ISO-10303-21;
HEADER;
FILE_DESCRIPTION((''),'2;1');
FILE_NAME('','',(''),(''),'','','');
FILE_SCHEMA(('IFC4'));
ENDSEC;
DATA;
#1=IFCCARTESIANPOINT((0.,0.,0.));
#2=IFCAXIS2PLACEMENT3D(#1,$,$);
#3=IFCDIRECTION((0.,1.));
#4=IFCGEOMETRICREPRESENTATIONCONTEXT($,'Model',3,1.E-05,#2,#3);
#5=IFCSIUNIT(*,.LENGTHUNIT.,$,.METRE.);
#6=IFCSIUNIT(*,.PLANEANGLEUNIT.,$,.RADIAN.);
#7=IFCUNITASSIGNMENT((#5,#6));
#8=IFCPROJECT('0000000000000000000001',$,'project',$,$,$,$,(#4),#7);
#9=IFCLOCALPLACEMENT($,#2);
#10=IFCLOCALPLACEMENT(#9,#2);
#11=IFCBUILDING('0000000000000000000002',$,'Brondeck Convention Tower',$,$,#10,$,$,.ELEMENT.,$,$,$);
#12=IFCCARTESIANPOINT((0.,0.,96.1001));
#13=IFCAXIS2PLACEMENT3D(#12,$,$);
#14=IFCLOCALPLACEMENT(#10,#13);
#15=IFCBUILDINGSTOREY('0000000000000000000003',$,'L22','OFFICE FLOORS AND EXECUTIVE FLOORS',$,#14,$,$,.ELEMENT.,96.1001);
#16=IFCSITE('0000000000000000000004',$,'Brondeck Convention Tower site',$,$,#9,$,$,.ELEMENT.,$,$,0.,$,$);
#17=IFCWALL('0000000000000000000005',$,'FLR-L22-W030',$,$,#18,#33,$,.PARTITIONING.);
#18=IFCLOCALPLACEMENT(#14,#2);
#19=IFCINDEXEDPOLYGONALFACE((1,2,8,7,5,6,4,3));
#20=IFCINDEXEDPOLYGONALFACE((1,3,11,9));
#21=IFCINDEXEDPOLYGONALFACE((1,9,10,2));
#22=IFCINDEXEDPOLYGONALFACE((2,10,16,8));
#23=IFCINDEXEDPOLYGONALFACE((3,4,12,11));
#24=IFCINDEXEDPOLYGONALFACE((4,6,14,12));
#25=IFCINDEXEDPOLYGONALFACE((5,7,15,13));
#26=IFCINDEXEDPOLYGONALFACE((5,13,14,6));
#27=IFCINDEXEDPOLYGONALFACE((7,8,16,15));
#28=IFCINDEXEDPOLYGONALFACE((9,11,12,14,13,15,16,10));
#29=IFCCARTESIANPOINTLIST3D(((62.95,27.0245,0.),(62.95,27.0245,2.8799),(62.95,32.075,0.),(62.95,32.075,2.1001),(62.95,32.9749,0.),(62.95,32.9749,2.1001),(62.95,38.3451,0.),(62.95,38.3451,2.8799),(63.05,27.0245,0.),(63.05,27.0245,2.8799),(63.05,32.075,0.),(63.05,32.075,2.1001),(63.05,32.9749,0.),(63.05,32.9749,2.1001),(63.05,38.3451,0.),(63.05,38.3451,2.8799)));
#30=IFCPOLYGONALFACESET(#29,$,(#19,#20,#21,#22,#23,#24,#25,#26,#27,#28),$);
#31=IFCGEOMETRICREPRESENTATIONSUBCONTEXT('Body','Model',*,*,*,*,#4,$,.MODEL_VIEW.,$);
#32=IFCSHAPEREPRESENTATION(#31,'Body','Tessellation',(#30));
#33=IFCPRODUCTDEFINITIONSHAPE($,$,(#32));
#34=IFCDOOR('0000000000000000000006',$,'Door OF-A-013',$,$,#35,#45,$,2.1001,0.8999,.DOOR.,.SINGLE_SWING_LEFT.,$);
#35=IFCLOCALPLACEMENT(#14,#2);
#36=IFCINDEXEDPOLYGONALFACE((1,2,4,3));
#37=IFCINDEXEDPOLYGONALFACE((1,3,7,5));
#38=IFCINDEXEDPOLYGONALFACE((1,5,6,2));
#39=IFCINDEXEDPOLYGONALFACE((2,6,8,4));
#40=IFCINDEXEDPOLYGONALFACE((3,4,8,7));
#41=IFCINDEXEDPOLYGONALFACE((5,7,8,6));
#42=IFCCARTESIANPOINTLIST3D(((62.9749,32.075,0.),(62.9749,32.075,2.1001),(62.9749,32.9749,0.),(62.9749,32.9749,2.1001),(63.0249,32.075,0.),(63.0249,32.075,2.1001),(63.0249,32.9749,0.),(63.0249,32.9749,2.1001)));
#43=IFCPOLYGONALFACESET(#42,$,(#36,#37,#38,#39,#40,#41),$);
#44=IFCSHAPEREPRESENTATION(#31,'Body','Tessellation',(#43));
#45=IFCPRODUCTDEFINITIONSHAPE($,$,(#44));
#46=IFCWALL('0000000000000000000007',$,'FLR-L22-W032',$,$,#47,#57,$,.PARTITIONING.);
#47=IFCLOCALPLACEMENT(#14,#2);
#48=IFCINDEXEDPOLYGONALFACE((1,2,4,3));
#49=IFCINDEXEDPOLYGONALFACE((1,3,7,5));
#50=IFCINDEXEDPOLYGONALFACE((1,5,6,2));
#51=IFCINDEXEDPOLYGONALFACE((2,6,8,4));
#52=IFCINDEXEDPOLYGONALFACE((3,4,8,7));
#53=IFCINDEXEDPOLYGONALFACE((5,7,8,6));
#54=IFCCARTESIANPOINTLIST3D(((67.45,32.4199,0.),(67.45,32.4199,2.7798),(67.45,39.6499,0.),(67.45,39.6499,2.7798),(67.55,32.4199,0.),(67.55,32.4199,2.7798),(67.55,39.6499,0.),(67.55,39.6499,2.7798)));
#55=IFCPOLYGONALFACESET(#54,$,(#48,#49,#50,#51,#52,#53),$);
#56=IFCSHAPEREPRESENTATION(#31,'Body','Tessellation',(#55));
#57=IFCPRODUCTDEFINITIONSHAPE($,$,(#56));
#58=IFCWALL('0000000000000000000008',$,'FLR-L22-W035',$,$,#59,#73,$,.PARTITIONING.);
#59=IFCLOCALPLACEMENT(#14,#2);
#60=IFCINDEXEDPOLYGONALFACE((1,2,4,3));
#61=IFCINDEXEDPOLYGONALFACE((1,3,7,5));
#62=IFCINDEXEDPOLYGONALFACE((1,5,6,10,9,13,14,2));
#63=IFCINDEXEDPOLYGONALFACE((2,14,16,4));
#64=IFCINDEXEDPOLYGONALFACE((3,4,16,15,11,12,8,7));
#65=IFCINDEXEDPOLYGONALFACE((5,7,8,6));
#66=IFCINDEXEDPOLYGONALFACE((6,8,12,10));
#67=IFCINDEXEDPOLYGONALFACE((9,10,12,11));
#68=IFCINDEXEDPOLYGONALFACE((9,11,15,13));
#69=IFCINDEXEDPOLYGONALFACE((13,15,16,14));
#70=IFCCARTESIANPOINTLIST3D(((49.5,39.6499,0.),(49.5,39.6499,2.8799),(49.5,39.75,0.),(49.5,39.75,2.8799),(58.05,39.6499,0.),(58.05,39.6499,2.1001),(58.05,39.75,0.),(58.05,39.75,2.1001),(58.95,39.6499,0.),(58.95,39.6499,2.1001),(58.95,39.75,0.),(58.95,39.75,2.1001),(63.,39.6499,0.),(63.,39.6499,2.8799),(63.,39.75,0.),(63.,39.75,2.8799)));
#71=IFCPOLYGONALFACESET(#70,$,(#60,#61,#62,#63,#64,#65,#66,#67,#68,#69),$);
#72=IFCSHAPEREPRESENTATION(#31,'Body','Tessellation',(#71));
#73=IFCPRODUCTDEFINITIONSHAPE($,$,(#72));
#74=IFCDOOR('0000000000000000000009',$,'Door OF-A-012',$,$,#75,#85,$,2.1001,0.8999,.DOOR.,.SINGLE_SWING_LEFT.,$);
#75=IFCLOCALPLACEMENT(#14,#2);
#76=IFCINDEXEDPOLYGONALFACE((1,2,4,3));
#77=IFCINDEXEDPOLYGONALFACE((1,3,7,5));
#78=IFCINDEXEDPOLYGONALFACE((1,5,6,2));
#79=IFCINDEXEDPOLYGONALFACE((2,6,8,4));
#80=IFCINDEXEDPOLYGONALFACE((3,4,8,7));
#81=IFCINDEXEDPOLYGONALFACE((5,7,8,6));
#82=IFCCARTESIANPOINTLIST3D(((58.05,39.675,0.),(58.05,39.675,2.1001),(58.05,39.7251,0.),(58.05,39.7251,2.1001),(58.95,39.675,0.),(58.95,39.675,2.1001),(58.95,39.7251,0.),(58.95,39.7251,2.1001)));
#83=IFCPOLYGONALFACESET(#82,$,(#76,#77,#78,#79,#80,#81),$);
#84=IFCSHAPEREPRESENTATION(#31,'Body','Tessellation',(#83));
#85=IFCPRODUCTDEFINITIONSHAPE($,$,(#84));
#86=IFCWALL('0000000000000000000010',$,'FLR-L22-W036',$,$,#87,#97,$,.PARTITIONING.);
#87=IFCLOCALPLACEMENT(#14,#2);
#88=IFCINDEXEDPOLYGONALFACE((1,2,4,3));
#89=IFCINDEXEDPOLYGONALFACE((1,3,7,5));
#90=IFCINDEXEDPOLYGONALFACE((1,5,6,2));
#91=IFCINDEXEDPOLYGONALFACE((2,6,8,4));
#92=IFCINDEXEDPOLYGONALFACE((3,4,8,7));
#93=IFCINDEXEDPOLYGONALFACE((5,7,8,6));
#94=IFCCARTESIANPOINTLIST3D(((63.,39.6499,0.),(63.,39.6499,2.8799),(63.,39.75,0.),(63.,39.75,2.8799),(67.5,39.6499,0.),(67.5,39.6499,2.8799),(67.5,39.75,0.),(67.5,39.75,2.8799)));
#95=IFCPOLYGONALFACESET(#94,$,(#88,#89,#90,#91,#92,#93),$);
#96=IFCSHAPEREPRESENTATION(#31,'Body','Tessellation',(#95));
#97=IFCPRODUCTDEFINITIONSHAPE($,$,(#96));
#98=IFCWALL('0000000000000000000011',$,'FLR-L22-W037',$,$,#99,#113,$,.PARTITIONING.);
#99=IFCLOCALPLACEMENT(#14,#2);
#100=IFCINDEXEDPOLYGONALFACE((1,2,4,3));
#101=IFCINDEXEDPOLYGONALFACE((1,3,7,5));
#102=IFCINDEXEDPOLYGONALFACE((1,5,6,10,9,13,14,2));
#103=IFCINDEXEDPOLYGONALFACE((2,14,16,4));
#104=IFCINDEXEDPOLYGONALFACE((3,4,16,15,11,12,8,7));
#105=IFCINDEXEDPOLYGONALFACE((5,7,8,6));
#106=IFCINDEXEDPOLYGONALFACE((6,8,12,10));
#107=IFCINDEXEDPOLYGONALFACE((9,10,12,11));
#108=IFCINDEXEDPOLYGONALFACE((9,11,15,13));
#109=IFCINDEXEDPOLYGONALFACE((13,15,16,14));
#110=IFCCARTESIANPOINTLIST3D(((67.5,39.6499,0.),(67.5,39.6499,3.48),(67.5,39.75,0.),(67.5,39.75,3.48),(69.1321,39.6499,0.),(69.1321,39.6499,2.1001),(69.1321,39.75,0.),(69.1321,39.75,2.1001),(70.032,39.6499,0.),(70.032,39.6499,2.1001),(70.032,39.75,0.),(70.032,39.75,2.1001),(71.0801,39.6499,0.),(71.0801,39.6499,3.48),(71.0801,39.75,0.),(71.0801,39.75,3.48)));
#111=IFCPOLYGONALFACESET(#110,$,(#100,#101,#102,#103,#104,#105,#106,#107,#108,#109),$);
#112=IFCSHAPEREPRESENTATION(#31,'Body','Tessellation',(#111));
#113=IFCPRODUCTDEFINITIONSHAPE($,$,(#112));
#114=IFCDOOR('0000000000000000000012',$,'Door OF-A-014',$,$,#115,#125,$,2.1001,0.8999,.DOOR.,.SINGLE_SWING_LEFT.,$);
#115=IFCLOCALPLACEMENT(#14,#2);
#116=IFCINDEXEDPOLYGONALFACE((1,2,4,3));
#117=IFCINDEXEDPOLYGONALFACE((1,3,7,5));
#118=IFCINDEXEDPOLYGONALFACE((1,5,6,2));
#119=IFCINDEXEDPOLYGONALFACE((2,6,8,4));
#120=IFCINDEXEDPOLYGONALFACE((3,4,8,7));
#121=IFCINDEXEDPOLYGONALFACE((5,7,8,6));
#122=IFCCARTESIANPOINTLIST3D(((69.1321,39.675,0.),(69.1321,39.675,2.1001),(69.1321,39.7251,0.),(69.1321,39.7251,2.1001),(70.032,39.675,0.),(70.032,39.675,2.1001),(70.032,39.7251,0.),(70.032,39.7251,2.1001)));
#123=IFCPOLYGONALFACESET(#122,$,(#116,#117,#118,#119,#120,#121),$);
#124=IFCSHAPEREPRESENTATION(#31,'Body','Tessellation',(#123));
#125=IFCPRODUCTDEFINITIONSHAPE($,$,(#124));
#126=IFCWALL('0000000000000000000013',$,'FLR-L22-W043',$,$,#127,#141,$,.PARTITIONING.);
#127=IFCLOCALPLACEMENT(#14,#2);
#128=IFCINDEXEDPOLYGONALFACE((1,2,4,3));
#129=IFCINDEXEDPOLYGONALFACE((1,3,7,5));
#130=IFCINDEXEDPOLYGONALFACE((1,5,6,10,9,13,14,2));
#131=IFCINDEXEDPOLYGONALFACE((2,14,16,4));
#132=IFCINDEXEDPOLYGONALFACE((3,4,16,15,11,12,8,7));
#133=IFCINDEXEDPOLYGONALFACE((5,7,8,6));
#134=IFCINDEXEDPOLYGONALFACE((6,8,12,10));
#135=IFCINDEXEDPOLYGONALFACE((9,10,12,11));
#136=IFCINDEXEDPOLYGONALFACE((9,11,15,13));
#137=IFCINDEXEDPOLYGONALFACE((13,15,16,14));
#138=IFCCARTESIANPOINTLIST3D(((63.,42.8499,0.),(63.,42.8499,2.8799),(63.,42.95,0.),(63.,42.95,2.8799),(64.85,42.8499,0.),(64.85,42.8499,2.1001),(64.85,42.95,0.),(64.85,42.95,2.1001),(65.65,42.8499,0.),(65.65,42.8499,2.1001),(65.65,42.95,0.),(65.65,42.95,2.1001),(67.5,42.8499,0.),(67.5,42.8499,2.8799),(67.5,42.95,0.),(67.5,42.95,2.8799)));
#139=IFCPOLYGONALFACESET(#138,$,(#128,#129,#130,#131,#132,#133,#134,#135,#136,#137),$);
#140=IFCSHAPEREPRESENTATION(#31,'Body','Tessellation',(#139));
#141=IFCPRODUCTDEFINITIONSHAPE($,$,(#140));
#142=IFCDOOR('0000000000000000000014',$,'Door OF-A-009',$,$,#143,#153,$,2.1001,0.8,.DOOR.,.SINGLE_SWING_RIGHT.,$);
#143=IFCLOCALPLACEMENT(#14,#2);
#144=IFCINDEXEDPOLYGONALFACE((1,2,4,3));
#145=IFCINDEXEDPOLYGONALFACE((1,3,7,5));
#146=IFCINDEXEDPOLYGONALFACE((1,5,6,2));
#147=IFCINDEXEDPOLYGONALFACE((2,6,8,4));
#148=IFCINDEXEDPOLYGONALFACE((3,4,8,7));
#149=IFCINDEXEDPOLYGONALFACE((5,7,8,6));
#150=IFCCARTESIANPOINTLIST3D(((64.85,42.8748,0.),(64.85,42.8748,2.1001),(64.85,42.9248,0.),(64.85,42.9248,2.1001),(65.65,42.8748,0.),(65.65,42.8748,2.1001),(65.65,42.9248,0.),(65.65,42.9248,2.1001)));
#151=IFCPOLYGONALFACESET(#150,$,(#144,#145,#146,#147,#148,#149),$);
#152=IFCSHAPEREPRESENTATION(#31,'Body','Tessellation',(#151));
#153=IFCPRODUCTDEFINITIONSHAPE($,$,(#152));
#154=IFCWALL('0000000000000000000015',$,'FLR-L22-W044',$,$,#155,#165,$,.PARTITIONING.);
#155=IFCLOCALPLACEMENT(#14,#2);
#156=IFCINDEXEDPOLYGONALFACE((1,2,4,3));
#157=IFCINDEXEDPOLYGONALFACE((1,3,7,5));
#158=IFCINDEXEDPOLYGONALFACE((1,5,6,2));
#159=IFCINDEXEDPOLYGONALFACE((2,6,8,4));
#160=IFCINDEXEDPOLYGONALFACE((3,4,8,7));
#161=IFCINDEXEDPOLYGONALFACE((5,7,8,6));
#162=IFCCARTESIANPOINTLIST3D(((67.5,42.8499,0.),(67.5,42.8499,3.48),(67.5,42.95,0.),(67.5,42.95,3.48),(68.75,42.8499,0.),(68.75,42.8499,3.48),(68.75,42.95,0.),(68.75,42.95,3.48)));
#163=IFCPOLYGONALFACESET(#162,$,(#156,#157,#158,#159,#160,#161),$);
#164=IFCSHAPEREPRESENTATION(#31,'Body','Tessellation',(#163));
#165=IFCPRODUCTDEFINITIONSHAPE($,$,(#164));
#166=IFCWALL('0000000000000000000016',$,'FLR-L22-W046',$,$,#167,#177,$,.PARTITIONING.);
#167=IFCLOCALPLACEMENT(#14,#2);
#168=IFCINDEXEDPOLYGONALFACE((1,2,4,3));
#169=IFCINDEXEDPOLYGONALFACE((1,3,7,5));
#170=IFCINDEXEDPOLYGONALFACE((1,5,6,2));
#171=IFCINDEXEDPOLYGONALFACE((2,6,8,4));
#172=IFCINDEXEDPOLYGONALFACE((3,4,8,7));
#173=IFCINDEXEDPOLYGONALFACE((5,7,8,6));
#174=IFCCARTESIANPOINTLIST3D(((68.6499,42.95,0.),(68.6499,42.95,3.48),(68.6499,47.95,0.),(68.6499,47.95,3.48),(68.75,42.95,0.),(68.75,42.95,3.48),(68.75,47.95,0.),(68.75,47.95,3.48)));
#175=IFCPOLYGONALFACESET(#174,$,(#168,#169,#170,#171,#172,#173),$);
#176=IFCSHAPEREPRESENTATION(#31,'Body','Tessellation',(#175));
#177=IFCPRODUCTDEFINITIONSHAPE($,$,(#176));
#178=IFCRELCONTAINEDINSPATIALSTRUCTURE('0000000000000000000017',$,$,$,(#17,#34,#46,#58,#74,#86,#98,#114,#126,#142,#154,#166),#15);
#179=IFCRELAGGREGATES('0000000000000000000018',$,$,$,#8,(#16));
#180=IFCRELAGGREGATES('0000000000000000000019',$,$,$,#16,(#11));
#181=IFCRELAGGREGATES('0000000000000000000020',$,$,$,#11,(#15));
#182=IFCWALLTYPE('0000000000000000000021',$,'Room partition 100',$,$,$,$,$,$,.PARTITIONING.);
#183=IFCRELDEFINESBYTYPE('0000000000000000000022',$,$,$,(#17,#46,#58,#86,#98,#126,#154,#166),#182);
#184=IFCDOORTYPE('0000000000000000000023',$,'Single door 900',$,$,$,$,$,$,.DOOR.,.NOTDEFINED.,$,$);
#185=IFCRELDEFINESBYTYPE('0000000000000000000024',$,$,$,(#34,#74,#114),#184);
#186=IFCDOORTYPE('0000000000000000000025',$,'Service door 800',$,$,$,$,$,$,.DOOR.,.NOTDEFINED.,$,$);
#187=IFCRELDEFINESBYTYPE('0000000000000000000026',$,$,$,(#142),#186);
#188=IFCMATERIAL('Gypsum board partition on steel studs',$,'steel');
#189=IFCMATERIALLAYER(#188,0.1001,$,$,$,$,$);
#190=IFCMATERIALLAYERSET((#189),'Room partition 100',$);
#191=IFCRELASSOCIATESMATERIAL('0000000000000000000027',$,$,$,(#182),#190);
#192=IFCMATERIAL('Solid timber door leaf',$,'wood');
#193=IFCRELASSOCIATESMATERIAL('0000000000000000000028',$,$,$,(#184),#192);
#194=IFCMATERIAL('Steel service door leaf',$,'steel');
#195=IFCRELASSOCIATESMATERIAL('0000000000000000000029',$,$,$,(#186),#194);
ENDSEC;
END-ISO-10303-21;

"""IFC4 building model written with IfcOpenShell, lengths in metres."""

from ifc_helpers import new_model, si_unit, direction, frame, frame_2d, origin, place, context, subcontext, project, spatial, rectangle, extrude, material, layer, layer_set, type_object, element, fill, save


model = new_model("IFC4")

# Units and contexts
model_context = context("Model", 3, precision=1e-05, world=origin(), true_north=direction((0.0, 1.0)))
body_context = subcontext(model_context, "Body", "Model", "MODEL_VIEW")
ifc_project = project(units=[si_unit("LENGTHUNIT", "METRE"), si_unit("PLANEANGLEUNIT", "RADIAN")], contexts=[model_context])

# Site, building, storey
site_placement = place(None, origin())
site = spatial("IfcSite", under=ifc_project, at=site_placement, Name="Brondeck Convention Tower site", CompositionType="ELEMENT", RefElevation=0.0)
building_placement = place(site_placement, origin())
building = spatial("IfcBuilding", under=site, at=building_placement, Name="Brondeck Convention Tower", CompositionType="ELEMENT")
storey_placement = place(building_placement, frame((0.0, 0.0, 96.1001)))
storey = spatial("IfcBuildingStorey", under=building, at=storey_placement, Name="L22", Description="OFFICE FLOORS AND EXECUTIVE FLOORS", CompositionType="ELEMENT", Elevation=96.1001)

# Wall, opening, door
ifc_material_1 = material(Name="Gypsum board partition on steel studs", Category="steel")
ifc_layer_1 = layer(ifc_material_1, 0.1001)
ifc_layer_set_1 = layer_set([ifc_layer_1], Name="Room partition 100")
wall_type_1 = type_object("IfcWallType", Name="Room partition 100", PredefinedType="PARTITIONING", material=ifc_layer_set_1)
wall_1_placement = place(storey_placement, frame((63.0, 38.345, 0.0), z_axis=(0.0, 0.0, 1.0), x_axis=(0.0, -1.0, 0.0)))
wall_1 = element("IfcWall", 1, at=wall_1_placement, inside=storey, type_object=wall_type_1, Name="FLR-L22-W030", PredefinedType="PARTITIONING", context=body_context, shape_type="SweptSolid", body=[
    extrude(rectangle(XDim=11.3206, YDim=0.1001, at=frame_2d((5.6602, 0.0))), origin(), (0.0, 0.0, 1.0), 2.8799),
])
opening_1_placement = place(wall_1_placement, frame((5.3701, 0.0, 0.0)))
opening_1 = element("IfcOpeningElement", 2, at=opening_1_placement, cuts=wall_1, PredefinedType="OPENING", context=body_context, shape_type="SweptSolid", body=[
    extrude(rectangle(XDim=0.8999, YDim=2.1001, at=frame_2d((0.45, 1.05))), frame((0.0, 0.0601, 0.0), z_axis=(0.0, -1.0, 0.0), x_axis=(1.0, 0.0, 0.0)), (0.0, 0.0, 1.0), 0.1201),
])
ifc_material_2 = material(Name="Solid timber door leaf", Category="wood")
door_type_1 = type_object("IfcDoorType", Name="Single door 900", OperationType="NOTDEFINED", PredefinedType="DOOR", material=ifc_material_2)
door_1_placement = place(opening_1_placement, origin())
door_1 = element("IfcDoor", 3, at=door_1_placement, inside=storey, type_object=door_type_1, Name="Door OF-A-013", OperationType="SINGLE_SWING_LEFT", OverallHeight=2.1001, OverallWidth=0.8999, PredefinedType="DOOR", context=body_context, shape_type="SweptSolid", body=[
    extrude(rectangle(XDim=0.8999, YDim=2.1001, at=frame_2d((0.45, 1.05))), frame((0.0, 0.0249, 0.0), z_axis=(0.0, -1.0, 0.0), x_axis=(1.0, 0.0, 0.0)), (0.0, 0.0, 1.0), 0.05),
])
fill(opening_1, door_1)

# Wall
wall_2_placement = place(storey_placement, frame((67.5, 39.6499, 0.0), z_axis=(0.0, 0.0, 1.0), x_axis=(0.0, -1.0, 0.0)))
element("IfcWall", 4, at=wall_2_placement, inside=storey, type_object=wall_type_1, Name="FLR-L22-W032", PredefinedType="PARTITIONING", context=body_context, shape_type="SweptSolid", body=[
    extrude(rectangle(XDim=7.23, YDim=0.1001, at=frame_2d((3.615, 0.0))), origin(), (0.0, 0.0, 1.0), 2.7798),
])

# Wall, opening, door
wall_3_placement = place(storey_placement, frame((63.0, 39.7, 0.0), z_axis=(0.0, 0.0, 1.0), x_axis=(-1.0, 0.0, 0.0)))
wall_3 = element("IfcWall", 5, at=wall_3_placement, inside=storey, type_object=wall_type_1, Name="FLR-L22-W035", PredefinedType="PARTITIONING", context=body_context, shape_type="SweptSolid", body=[
    extrude(rectangle(XDim=13.5, YDim=0.1001, at=frame_2d((6.75, 0.0))), origin(), (0.0, 0.0, 1.0), 2.8799),
])
opening_2_placement = place(wall_3_placement, frame((4.05, 0.0, 0.0)))
opening_2 = element("IfcOpeningElement", 6, at=opening_2_placement, cuts=wall_3, PredefinedType="OPENING", context=body_context, shape_type="SweptSolid", body=[
    extrude(rectangle(XDim=0.8999, YDim=2.1001, at=frame_2d((0.45, 1.05))), frame((0.0, 0.0601, 0.0), z_axis=(0.0, -1.0, 0.0), x_axis=(1.0, 0.0, 0.0)), (0.0, 0.0, 1.0), 0.1201),
])
door_2_placement = place(opening_2_placement, origin())
door_2 = element("IfcDoor", 7, at=door_2_placement, inside=storey, type_object=door_type_1, Name="Door OF-A-012", OperationType="SINGLE_SWING_LEFT", OverallHeight=2.1001, OverallWidth=0.8999, PredefinedType="DOOR", context=body_context, shape_type="SweptSolid", body=[
    extrude(rectangle(XDim=0.8999, YDim=2.1001, at=frame_2d((0.45, 1.05))), frame((0.0, 0.0249, 0.0), z_axis=(0.0, -1.0, 0.0), x_axis=(1.0, 0.0, 0.0)), (0.0, 0.0, 1.0), 0.05),
])
fill(opening_2, door_2)

# Wall
wall_4_placement = place(storey_placement, frame((67.5, 39.7, 0.0), z_axis=(0.0, 0.0, 1.0), x_axis=(-1.0, 0.0, 0.0)))
element("IfcWall", 8, at=wall_4_placement, inside=storey, type_object=wall_type_1, Name="FLR-L22-W036", PredefinedType="PARTITIONING", context=body_context, shape_type="SweptSolid", body=[
    extrude(rectangle(XDim=4.5, YDim=0.1001, at=frame_2d((2.25, 0.0))), origin(), (0.0, 0.0, 1.0), 2.8799),
])

# Walls, openings, doors
wall_5_placement = place(storey_placement, frame((71.0801, 39.7, 0.0), z_axis=(0.0, 0.0, 1.0), x_axis=(-1.0, 0.0, 0.0)))
wall_5 = element("IfcWall", 9, at=wall_5_placement, inside=storey, type_object=wall_type_1, Name="FLR-L22-W037", PredefinedType="PARTITIONING", context=body_context, shape_type="SweptSolid", body=[
    extrude(rectangle(XDim=3.5801, YDim=0.1001, at=frame_2d((1.79, 0.0))), origin(), (0.0, 0.0, 1.0), 3.48),
])
opening_3_placement = place(wall_5_placement, frame((1.0481, 0.0, 0.0)))
opening_3 = element("IfcOpeningElement", 10, at=opening_3_placement, cuts=wall_5, PredefinedType="OPENING", context=body_context, shape_type="SweptSolid", body=[
    extrude(rectangle(XDim=0.8999, YDim=2.1001, at=frame_2d((0.45, 1.05))), frame((0.0, 0.0601, 0.0), z_axis=(0.0, -1.0, 0.0), x_axis=(1.0, 0.0, 0.0)), (0.0, 0.0, 1.0), 0.1201),
])
door_3_placement = place(opening_3_placement, origin())
door_3 = element("IfcDoor", 11, at=door_3_placement, inside=storey, type_object=door_type_1, Name="Door OF-A-014", OperationType="SINGLE_SWING_LEFT", OverallHeight=2.1001, OverallWidth=0.8999, PredefinedType="DOOR", context=body_context, shape_type="SweptSolid", body=[
    extrude(rectangle(XDim=0.8999, YDim=2.1001, at=frame_2d((0.45, 1.05))), frame((0.0, 0.0249, 0.0), z_axis=(0.0, -1.0, 0.0), x_axis=(1.0, 0.0, 0.0)), (0.0, 0.0, 1.0), 0.05),
])
fill(opening_3, door_3)
wall_6_placement = place(storey_placement, frame((63.0, 42.8999, 0.0), z_axis=(0.0, 0.0, 1.0), x_axis=(1.0, 0.0, 0.0)))
wall_6 = element("IfcWall", 12, at=wall_6_placement, inside=storey, type_object=wall_type_1, Name="FLR-L22-W043", PredefinedType="PARTITIONING", context=body_context, shape_type="SweptSolid", body=[
    extrude(rectangle(XDim=4.5, YDim=0.1001, at=frame_2d((2.25, 0.0))), origin(), (0.0, 0.0, 1.0), 2.8799),
])
opening_4_placement = place(wall_6_placement, frame((1.8501, 0.0, 0.0)))
opening_4 = element("IfcOpeningElement", 13, at=opening_4_placement, cuts=wall_6, PredefinedType="OPENING", context=body_context, shape_type="SweptSolid", body=[
    extrude(rectangle(XDim=0.8, YDim=2.1001, at=frame_2d((0.3999, 1.05))), frame((0.0, 0.0601, 0.0), z_axis=(0.0, -1.0, 0.0), x_axis=(1.0, 0.0, 0.0)), (0.0, 0.0, 1.0), 0.1201),
])
ifc_material_3 = material(Name="Steel service door leaf", Category="steel")
door_type_2 = type_object("IfcDoorType", Name="Service door 800", OperationType="NOTDEFINED", PredefinedType="DOOR", material=ifc_material_3)
door_4_placement = place(opening_4_placement, origin())
door_4 = element("IfcDoor", 14, at=door_4_placement, inside=storey, type_object=door_type_2, Name="Door OF-A-009", OperationType="SINGLE_SWING_RIGHT", OverallHeight=2.1001, OverallWidth=0.8, PredefinedType="DOOR", context=body_context, shape_type="SweptSolid", body=[
    extrude(rectangle(XDim=0.8, YDim=2.1001, at=frame_2d((0.3999, 1.05))), frame((0.0, 0.0249, 0.0), z_axis=(0.0, -1.0, 0.0), x_axis=(1.0, 0.0, 0.0)), (0.0, 0.0, 1.0), 0.05),
])
fill(opening_4, door_4)

# Walls
wall_7_placement = place(storey_placement, frame((67.5, 42.8999, 0.0), z_axis=(0.0, 0.0, 1.0), x_axis=(1.0, 0.0, 0.0)))
element("IfcWall", 15, at=wall_7_placement, inside=storey, type_object=wall_type_1, Name="FLR-L22-W044", PredefinedType="PARTITIONING", context=body_context, shape_type="SweptSolid", body=[
    extrude(rectangle(XDim=1.25, YDim=0.1001, at=frame_2d((0.625, 0.0))), origin(), (0.0, 0.0, 1.0), 3.48),
])
wall_8_placement = place(storey_placement, frame((68.7, 42.95, 0.0), z_axis=(0.0, 0.0, 1.0), x_axis=(0.0, 1.0, 0.0)))
element("IfcWall", 16, at=wall_8_placement, inside=storey, type_object=wall_type_1, Name="FLR-L22-W046", PredefinedType="PARTITIONING", context=body_context, shape_type="SweptSolid", body=[
    extrude(rectangle(XDim=5.0, YDim=0.1001, at=frame_2d((2.5, 0.0))), origin(), (0.0, 0.0, 1.0), 3.48),
])

save(model, "model.ifc")
